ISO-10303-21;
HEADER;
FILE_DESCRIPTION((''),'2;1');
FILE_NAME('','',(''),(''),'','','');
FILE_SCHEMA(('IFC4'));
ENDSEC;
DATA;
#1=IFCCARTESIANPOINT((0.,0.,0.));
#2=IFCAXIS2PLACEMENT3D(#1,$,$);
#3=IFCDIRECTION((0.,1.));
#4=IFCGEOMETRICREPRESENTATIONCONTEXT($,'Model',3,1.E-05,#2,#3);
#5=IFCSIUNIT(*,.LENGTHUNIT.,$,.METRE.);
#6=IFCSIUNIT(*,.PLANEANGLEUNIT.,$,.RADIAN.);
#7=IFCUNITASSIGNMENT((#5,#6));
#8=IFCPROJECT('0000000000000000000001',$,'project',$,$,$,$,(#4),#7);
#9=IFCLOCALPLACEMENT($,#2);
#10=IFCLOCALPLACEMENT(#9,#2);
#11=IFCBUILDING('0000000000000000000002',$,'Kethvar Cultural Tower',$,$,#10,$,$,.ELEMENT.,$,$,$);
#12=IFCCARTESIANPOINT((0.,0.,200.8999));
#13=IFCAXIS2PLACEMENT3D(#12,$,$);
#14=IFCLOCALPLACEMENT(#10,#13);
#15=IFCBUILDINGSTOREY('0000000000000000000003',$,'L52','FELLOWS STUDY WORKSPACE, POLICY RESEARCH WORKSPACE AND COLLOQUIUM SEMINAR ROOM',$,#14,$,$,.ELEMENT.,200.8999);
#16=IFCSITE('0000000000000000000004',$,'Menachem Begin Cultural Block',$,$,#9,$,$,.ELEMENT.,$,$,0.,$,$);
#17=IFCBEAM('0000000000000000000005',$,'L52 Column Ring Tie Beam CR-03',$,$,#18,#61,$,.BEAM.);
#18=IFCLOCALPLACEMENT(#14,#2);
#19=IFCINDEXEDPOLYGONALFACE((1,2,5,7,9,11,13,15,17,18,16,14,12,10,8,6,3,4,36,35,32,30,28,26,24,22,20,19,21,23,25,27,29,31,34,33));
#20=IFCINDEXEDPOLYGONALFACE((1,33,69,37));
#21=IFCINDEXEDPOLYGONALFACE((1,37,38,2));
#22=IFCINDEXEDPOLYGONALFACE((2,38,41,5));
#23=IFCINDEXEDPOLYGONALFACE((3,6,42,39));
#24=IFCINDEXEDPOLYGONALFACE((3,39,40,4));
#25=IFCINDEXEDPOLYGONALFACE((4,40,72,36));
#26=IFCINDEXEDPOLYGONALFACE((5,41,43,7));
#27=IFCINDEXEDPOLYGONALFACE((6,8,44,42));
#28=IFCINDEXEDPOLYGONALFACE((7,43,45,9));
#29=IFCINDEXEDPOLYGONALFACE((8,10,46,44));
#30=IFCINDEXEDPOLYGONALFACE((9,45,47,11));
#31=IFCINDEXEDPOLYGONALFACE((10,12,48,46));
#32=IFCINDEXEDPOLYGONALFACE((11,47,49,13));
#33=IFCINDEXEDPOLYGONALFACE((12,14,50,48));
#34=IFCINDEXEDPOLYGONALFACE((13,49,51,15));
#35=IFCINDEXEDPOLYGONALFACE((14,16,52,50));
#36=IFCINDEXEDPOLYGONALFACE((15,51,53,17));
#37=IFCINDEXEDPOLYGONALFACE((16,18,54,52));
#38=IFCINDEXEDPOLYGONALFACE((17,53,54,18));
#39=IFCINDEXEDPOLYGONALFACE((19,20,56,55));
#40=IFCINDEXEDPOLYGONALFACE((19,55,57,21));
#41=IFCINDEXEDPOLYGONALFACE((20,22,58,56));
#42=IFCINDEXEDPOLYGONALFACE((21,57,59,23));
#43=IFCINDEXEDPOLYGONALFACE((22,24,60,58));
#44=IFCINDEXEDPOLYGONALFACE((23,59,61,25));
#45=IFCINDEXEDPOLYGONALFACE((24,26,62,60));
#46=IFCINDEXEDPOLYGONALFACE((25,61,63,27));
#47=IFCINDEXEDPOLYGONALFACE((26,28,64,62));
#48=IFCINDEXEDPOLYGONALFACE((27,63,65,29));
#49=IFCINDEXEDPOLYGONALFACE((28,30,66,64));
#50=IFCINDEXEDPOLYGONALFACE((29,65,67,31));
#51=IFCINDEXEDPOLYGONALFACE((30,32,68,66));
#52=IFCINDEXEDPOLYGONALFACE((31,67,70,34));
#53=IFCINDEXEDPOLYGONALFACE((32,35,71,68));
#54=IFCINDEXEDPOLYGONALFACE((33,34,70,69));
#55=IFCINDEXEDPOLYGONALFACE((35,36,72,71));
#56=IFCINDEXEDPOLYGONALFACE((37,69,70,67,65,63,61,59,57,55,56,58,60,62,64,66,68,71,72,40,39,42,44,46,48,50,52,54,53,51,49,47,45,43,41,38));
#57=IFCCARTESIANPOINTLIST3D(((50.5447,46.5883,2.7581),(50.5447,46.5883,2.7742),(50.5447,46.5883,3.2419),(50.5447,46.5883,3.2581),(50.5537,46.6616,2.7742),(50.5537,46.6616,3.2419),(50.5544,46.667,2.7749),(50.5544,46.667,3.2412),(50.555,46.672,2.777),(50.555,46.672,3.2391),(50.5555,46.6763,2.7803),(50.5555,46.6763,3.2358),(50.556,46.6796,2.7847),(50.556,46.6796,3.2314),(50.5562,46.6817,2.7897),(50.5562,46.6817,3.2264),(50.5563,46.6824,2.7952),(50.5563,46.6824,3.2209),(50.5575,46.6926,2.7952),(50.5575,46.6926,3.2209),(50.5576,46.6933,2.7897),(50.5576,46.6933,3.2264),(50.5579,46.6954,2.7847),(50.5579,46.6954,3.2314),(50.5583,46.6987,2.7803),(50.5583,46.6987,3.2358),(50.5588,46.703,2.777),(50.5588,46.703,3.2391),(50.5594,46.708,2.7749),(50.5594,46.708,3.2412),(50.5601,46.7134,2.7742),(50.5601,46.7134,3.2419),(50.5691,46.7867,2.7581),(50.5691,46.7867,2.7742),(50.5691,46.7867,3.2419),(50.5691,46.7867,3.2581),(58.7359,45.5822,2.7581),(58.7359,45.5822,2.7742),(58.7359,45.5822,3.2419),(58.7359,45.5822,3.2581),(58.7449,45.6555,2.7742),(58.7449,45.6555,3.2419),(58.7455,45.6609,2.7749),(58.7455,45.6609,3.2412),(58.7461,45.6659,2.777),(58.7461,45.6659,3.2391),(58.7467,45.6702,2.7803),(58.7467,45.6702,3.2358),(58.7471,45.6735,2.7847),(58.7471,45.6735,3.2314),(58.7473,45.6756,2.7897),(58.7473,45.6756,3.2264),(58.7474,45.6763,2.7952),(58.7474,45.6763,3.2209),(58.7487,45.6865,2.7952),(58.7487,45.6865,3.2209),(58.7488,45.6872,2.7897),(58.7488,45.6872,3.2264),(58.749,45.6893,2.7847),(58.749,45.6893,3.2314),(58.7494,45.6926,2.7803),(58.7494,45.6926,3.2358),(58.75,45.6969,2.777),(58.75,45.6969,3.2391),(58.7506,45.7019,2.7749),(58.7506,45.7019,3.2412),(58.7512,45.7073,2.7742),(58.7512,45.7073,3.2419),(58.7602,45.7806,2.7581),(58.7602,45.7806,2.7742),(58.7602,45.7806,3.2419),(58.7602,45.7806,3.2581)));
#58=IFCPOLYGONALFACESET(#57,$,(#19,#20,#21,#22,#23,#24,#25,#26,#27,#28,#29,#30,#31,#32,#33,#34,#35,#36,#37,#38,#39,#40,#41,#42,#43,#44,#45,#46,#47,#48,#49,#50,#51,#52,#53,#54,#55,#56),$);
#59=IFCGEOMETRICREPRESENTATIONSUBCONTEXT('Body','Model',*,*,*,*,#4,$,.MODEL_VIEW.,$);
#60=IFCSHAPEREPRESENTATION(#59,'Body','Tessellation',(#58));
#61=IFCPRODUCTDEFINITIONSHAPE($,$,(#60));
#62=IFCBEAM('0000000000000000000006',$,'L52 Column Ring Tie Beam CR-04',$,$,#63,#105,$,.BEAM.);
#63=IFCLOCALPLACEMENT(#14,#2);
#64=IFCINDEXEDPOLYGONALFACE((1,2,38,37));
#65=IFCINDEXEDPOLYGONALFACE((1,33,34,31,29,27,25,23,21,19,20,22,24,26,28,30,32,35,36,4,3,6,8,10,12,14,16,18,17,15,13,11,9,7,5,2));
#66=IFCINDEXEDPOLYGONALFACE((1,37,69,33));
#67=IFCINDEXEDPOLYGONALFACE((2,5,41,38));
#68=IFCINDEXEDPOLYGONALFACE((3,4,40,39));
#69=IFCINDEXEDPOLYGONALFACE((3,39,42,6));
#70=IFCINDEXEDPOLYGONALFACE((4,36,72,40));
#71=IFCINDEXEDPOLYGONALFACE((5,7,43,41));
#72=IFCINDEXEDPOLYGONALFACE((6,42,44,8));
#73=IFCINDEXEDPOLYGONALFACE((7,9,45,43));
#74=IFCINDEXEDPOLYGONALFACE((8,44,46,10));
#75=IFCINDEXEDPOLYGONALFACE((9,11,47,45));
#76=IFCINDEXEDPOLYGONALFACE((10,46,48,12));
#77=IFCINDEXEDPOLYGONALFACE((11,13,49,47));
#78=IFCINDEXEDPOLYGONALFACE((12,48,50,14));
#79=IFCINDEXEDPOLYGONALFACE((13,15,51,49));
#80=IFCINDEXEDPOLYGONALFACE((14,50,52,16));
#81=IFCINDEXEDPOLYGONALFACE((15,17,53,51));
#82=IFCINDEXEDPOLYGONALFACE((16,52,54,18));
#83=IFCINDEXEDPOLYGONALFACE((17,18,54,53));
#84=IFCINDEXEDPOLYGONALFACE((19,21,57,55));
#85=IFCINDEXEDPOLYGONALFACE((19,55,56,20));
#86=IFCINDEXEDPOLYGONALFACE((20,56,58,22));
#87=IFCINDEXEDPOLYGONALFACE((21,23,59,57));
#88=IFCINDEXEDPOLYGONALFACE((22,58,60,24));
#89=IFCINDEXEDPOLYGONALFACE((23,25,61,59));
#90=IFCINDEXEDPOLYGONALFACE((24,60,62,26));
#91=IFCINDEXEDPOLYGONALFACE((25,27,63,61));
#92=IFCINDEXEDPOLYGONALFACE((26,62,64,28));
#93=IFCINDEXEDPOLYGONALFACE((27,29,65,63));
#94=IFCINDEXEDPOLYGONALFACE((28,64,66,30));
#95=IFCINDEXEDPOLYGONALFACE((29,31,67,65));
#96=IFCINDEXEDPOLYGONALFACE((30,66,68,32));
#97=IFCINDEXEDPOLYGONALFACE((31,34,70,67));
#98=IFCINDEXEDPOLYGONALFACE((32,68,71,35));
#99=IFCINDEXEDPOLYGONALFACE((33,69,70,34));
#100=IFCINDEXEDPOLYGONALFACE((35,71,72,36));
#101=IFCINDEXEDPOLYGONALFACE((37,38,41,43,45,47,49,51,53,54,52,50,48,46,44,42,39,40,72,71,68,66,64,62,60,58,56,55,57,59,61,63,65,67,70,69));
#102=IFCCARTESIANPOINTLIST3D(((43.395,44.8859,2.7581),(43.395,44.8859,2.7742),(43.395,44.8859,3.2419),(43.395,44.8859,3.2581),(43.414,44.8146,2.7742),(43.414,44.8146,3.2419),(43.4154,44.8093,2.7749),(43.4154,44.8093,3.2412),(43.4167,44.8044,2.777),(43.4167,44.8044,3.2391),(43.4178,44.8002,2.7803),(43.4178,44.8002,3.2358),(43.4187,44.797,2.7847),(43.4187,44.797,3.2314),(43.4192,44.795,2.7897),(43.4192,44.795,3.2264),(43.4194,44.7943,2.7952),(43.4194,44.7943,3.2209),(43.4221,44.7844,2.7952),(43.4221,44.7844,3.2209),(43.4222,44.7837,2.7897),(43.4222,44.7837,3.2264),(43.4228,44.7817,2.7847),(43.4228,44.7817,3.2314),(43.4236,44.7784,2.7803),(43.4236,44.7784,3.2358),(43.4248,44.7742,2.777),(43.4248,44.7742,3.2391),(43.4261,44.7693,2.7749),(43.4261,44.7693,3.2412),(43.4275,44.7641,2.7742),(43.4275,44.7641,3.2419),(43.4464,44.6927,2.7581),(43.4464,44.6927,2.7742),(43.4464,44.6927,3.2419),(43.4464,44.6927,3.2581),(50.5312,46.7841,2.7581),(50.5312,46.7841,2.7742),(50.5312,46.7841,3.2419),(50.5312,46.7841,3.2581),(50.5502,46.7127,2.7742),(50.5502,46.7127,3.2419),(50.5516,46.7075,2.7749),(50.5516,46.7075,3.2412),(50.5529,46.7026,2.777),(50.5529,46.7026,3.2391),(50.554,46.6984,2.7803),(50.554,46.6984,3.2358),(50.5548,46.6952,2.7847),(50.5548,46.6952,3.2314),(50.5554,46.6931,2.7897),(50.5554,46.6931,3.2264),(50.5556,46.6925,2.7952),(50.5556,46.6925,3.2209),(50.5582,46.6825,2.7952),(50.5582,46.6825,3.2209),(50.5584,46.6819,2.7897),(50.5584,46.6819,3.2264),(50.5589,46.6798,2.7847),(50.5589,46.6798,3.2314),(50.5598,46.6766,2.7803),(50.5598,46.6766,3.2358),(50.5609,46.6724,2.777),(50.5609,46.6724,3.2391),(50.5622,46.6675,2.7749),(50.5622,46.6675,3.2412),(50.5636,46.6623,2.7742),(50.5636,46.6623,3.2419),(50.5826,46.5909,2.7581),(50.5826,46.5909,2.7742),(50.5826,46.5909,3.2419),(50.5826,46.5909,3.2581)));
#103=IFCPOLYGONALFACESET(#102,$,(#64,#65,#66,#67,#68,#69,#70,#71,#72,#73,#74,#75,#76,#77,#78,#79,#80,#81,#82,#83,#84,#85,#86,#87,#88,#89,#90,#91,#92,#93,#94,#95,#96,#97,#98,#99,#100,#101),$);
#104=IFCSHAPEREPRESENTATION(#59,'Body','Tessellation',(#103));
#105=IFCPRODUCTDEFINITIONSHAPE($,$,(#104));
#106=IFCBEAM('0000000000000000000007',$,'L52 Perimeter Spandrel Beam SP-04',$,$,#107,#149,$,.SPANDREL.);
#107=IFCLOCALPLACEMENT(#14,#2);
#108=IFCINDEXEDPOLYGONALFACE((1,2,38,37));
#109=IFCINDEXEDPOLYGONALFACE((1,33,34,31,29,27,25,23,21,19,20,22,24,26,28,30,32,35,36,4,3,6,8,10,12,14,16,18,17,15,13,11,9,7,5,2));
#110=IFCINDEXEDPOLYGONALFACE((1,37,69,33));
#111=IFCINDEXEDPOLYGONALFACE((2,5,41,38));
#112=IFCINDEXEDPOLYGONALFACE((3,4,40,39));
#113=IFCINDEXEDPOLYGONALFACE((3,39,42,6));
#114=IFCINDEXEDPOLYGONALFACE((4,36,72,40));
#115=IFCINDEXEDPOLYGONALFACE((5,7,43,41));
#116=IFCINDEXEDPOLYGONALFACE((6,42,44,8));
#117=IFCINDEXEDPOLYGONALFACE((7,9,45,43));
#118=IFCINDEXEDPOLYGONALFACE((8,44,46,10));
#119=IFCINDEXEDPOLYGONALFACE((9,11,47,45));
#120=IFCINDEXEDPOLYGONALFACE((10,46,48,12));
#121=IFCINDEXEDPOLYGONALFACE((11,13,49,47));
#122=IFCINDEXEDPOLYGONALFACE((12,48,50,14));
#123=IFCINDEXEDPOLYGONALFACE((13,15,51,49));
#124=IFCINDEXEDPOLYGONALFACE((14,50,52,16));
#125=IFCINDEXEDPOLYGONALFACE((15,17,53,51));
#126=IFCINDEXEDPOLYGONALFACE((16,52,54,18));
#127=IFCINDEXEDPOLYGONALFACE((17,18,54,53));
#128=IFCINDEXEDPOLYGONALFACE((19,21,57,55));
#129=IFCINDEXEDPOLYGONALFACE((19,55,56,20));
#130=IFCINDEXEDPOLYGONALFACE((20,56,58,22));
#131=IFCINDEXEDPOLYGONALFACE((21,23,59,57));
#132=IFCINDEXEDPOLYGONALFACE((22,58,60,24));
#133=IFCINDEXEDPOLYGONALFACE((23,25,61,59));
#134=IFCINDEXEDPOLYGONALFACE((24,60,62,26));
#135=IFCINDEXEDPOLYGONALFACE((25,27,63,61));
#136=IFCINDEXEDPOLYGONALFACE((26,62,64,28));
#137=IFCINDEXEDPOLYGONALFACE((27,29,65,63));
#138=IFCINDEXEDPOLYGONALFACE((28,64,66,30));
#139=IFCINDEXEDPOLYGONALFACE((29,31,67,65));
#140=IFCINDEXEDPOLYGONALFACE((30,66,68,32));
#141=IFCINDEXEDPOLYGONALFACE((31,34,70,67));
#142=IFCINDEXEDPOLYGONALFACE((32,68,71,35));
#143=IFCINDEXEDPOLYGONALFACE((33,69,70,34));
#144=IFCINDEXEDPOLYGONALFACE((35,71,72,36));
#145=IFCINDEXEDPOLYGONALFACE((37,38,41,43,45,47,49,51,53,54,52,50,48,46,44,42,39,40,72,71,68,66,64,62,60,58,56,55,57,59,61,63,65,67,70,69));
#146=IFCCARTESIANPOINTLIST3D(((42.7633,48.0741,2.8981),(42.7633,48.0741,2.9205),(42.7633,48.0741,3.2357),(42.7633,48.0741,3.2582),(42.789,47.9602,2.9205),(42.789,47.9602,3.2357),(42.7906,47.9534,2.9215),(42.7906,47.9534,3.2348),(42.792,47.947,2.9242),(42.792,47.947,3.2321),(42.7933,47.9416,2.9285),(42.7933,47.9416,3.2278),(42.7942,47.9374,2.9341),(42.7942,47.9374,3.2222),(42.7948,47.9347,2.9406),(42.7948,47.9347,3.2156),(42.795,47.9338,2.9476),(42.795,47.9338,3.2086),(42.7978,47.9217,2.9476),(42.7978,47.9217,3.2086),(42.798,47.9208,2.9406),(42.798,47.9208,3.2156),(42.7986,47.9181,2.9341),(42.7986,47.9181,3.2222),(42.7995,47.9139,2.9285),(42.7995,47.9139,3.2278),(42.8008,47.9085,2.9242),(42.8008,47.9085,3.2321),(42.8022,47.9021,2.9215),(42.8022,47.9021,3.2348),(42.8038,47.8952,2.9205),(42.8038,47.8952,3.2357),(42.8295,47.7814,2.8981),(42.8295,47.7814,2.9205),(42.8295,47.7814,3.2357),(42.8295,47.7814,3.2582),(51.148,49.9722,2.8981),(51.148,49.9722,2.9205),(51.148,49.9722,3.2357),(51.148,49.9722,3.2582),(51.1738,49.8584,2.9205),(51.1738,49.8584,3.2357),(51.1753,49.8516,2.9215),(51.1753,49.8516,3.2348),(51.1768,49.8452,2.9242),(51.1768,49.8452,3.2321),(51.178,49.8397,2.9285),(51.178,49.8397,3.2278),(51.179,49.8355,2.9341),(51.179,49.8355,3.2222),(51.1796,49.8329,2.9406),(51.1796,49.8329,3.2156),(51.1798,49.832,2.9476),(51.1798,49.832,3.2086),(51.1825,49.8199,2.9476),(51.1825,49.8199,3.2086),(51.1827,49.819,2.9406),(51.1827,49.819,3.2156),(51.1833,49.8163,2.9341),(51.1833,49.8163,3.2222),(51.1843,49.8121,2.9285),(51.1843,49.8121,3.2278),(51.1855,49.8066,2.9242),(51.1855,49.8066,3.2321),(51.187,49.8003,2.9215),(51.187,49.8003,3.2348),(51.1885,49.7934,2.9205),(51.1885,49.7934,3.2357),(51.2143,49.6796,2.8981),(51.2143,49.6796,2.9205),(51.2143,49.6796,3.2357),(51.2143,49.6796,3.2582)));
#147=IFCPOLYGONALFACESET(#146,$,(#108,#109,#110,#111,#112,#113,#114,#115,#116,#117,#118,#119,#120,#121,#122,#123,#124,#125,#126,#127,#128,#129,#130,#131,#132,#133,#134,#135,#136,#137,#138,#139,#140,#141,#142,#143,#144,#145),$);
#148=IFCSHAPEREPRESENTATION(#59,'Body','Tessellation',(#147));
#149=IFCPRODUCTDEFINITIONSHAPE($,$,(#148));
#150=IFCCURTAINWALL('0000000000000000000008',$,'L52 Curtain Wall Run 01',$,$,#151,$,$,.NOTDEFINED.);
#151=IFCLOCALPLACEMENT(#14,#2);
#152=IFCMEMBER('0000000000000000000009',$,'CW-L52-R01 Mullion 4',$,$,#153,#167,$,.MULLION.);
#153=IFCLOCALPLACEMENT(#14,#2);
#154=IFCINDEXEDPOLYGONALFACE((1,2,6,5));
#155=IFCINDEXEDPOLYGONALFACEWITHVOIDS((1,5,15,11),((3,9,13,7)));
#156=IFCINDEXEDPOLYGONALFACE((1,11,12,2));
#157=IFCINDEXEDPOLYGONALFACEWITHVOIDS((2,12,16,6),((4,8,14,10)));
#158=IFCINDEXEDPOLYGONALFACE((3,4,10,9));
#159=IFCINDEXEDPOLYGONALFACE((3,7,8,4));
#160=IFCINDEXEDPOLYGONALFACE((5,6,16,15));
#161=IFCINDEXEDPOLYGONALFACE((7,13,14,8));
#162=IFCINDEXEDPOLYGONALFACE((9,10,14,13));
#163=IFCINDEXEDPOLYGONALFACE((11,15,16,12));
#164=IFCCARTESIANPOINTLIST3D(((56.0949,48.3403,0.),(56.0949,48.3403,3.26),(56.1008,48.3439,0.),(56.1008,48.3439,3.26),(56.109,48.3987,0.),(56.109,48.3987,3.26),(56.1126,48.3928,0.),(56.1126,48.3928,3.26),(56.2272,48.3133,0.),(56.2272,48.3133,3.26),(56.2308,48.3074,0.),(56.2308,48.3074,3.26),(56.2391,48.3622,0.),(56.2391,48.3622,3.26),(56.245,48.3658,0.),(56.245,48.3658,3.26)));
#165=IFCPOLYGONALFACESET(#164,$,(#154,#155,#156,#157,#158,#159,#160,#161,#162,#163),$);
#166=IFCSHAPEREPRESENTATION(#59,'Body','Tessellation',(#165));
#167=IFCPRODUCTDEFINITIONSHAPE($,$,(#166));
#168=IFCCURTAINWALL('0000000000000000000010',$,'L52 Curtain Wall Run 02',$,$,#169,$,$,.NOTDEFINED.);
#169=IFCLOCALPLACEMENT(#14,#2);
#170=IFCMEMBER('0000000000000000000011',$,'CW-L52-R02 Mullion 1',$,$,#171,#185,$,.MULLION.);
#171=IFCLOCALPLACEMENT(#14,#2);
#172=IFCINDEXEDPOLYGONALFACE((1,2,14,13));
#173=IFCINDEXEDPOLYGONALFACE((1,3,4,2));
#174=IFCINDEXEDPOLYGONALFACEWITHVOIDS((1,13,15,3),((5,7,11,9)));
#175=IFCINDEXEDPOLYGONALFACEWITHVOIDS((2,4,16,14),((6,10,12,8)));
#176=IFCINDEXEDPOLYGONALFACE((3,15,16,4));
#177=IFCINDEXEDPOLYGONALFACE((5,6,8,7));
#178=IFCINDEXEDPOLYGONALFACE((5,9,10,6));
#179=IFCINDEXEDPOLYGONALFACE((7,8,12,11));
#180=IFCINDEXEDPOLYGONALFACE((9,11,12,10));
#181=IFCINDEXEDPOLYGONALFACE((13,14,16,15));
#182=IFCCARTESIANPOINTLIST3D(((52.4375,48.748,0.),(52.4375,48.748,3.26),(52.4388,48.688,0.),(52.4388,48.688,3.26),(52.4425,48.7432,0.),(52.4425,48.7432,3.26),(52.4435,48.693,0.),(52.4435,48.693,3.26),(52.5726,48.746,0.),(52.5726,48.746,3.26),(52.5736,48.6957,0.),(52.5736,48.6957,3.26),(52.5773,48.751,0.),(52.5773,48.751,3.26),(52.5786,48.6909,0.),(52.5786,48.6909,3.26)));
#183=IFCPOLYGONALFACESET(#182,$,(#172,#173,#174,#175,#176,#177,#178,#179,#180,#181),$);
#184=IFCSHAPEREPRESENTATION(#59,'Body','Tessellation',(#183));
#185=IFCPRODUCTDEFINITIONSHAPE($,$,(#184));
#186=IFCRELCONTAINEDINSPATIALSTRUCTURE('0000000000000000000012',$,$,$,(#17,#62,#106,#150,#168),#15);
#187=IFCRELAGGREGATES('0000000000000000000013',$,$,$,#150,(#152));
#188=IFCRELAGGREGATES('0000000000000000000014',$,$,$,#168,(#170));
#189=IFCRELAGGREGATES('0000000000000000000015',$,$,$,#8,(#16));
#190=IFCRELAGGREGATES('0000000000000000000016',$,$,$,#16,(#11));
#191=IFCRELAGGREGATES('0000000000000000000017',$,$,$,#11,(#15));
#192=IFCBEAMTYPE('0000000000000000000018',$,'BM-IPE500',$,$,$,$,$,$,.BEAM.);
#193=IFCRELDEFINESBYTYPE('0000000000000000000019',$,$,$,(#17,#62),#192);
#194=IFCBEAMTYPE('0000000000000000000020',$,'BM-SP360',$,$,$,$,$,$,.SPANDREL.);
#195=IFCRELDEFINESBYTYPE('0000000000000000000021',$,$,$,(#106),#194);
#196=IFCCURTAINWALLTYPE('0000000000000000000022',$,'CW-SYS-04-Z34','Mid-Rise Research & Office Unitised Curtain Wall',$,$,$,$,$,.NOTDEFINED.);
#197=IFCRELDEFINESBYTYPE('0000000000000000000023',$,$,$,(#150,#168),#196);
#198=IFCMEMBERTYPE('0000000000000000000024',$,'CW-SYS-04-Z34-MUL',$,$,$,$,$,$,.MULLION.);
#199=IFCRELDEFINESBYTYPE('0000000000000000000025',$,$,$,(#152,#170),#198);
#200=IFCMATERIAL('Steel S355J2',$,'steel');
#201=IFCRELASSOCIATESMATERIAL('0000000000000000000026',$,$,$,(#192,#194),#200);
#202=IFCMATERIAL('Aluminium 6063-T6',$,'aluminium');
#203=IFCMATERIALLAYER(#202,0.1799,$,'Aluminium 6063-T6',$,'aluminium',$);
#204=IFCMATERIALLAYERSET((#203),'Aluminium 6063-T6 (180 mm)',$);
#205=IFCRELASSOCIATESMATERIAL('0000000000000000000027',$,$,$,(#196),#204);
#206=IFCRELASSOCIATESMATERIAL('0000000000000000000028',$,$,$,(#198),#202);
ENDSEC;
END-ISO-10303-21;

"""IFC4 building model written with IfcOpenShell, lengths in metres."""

from ifc_helpers import new_model, si_unit, direction, frame, origin, origin_2d, place, context, subcontext, project, spatial, hollow_rectangle, i_section, extrude, source, transform, mapped, material, layer, layer_set, material_profile, profile_set, type_object, element, aggregate, save


model = new_model("IFC4")

# Units and contexts
model_context = context("Model", 3, precision=1e-05, world=origin(), true_north=direction((0.0, 1.0)))
body_context = subcontext(model_context, "Body", "Model", "MODEL_VIEW")
ifc_project = project(units=[si_unit("LENGTHUNIT", "METRE"), si_unit("PLANEANGLEUNIT", "RADIAN")], contexts=[model_context])

# Site, building, storey
site_placement = place(None, origin())
site = spatial("IfcSite", under=ifc_project, at=site_placement, Name="Menachem Begin Cultural Block", CompositionType="ELEMENT", RefElevation=0.0)
building_placement = place(site_placement, origin())
building = spatial("IfcBuilding", under=site, at=building_placement, Name="Kethvar Cultural Tower", CompositionType="ELEMENT")
storey_placement = place(building_placement, frame((0.0, 0.0, 200.8999)))
storey = spatial("IfcBuildingStorey", under=building, at=storey_placement, Name="L52", Description="FELLOWS STUDY WORKSPACE, POLICY RESEARCH WORKSPACE AND COLLOQUIUM SEMINAR ROOM", CompositionType="ELEMENT", Elevation=200.8999)

# Beams
ifc_material_1 = material(Name="Steel S355J2", Category="steel")
ifc_material_profile_1 = material_profile(ifc_material_1, i_section(OverallWidth=0.2, OverallDepth=0.5, WebThickness=0.0103, FlangeThickness=0.0161, FilletRadius=0.021, at=origin_2d()), Name="Steel S355J2 — IPE500")
ifc_profile_set_1 = profile_set([ifc_material_profile_1], Name="Steel S355J2 — IPE500")
beam_type_1 = type_object("IfcBeamType", Name="BM-IPE500", PredefinedType="BEAM", material=ifc_profile_set_1)
shared_shape_1 = source(origin(), body_context, "Body", "SweptSolid", [
    extrude(i_section(OverallWidth=0.2, OverallDepth=0.5, WebThickness=0.0103, FlangeThickness=0.0161, FilletRadius=0.021, at=origin_2d()), origin(), (0.0, 0.0, 1.0), 8.2527),
])
beam_1_placement = place(storey_placement, frame((58.748, 45.6814, 3.0081), z_axis=(-0.992541, 0.121912, 0.0), x_axis=(-0.121912, -0.992541, 0.0)))
element("IfcBeam", 1, at=beam_1_placement, inside=storey, type_object=beam_type_1, Name="L52 Column Ring Tie Beam CR-03", PredefinedType="BEAM", context=body_context, shape_type="MappedRepresentation", body=[
    mapped(shared_shape_1, transform((0.0, 0.0, 0.0), scale=1.0)),
])
shared_shape_2 = source(origin(), body_context, "Body", "SweptSolid", [
    extrude(i_section(OverallWidth=0.2, OverallDepth=0.5, WebThickness=0.0103, FlangeThickness=0.0161, FilletRadius=0.021, at=origin_2d()), origin(), (0.0, 0.0, 1.0), 7.3843),
])
beam_2_placement = place(storey_placement, frame((50.5569, 46.6875, 3.0081), z_axis=(-0.966397, -0.257056, 0.0), x_axis=(0.257056, -0.966397, 0.0)))
element("IfcBeam", 2, at=beam_2_placement, inside=storey, type_object=beam_type_1, Name="L52 Column Ring Tie Beam CR-04", PredefinedType="BEAM", context=body_context, shape_type="MappedRepresentation", body=[
    mapped(shared_shape_2, transform((0.0, 0.0, 0.0), scale=1.0)),
])
ifc_material_profile_2 = material_profile(ifc_material_1, i_section(OverallWidth=0.3, OverallDepth=0.3601, WebThickness=0.0125, FlangeThickness=0.0225, FilletRadius=0.0271, at=origin_2d()), Name="Steel S355J2 — HEB360")
ifc_profile_set_2 = profile_set([ifc_material_profile_2], Name="Steel S355J2 — HEB360")
beam_type_2 = type_object("IfcBeamType", Name="BM-SP360", PredefinedType="SPANDREL", material=ifc_profile_set_2)
shared_shape_3 = source(origin(), body_context, "Body", "SweptSolid", [
    extrude(i_section(OverallWidth=0.3, OverallDepth=0.3601, WebThickness=0.0125, FlangeThickness=0.0225, FilletRadius=0.0271, at=origin_2d()), origin(), (0.0, 0.0, 1.0), 8.5969),
])
beam_3_placement = place(storey_placement, frame((51.1812, 49.8259, 3.0781), z_axis=(-0.975319, -0.220799, 0.0), x_axis=(0.220799, -0.975319, 0.0)))
element("IfcBeam", 3, at=beam_3_placement, inside=storey, type_object=beam_type_2, Name="L52 Perimeter Spandrel Beam SP-04", PredefinedType="SPANDREL", context=body_context, shape_type="MappedRepresentation", body=[
    mapped(shared_shape_3, transform((0.0, 0.0, 0.0), scale=1.0)),
])

# Curtain wall, member
ifc_material_2 = material(Name="Aluminium 6063-T6", Category="aluminium")
ifc_layer_1 = layer(ifc_material_2, 0.1799, Name="Aluminium 6063-T6", Category="aluminium")
ifc_layer_set_1 = layer_set([ifc_layer_1], Name="Aluminium 6063-T6 (180 mm)")
curtain_wall_type = type_object("IfcCurtainWallType", Name="CW-SYS-04-Z34", Description="Mid-Rise Research & Office Unitised Curtain Wall", PredefinedType="NOTDEFINED", material=ifc_layer_set_1)
curtain_wall_1_placement = place(storey_placement, origin())
curtain_wall_1 = element("IfcCurtainWall", 4, at=curtain_wall_1_placement, inside=storey, type_object=curtain_wall_type, Name="L52 Curtain Wall Run 01", PredefinedType="NOTDEFINED")
ifc_material_profile_3 = material_profile(ifc_material_2, hollow_rectangle(XDim=0.0601, YDim=0.1399, WallThickness=0.0049, at=origin_2d()), Name="Aluminium 6063-T6 — RHS140x60x5")
ifc_profile_set_3 = profile_set([ifc_material_profile_3], Name="Aluminium 6063-T6 — RHS140x60x5")
member_type_1 = type_object("IfcMemberType", Name="CW-SYS-04-Z34-MUL", PredefinedType="MULLION", material=ifc_profile_set_3)
shared_shape_4 = source(origin(), body_context, "Body", "SweptSolid", [
    extrude(hollow_rectangle(XDim=0.0601, YDim=0.1399, WallThickness=0.0049, at=origin_2d()), origin(), (0.0, 0.0, 1.0), 3.26),
])
member_1_placement = place(storey_placement, frame((56.1699, 48.353, 0.0), z_axis=(0.0, 0.0, 1.0), x_axis=(-0.235261, -0.971932, 0.0)))
member_1 = element("IfcMember", 5, at=member_1_placement, type_object=member_type_1, Name="CW-L52-R01 Mullion 4", PredefinedType="MULLION", context=body_context, shape_type="MappedRepresentation", body=[
    mapped(shared_shape_4, transform((0.0, 0.0, 0.0), scale=1.0)),
])

# Curtain wall, member
curtain_wall_2_placement = place(storey_placement, origin())
curtain_wall_2 = element("IfcCurtainWall", 6, at=curtain_wall_2_placement, inside=storey, type_object=curtain_wall_type, Name="L52 Curtain Wall Run 02", PredefinedType="NOTDEFINED")
member_2_placement = place(storey_placement, frame((52.5081, 48.7195, 0.0), z_axis=(0.0, 0.0, 1.0), x_axis=(0.021274, -0.999774, 0.0)))
member_2 = element("IfcMember", 7, at=member_2_placement, type_object=member_type_1, Name="CW-L52-R02 Mullion 1", PredefinedType="MULLION", context=body_context, shape_type="MappedRepresentation", body=[
    mapped(shared_shape_4, transform((0.0, 0.0, 0.0), scale=1.0)),
])

aggregate(curtain_wall_1, [member_1])
aggregate(curtain_wall_2, [member_2])

save(model, "model.ifc")
